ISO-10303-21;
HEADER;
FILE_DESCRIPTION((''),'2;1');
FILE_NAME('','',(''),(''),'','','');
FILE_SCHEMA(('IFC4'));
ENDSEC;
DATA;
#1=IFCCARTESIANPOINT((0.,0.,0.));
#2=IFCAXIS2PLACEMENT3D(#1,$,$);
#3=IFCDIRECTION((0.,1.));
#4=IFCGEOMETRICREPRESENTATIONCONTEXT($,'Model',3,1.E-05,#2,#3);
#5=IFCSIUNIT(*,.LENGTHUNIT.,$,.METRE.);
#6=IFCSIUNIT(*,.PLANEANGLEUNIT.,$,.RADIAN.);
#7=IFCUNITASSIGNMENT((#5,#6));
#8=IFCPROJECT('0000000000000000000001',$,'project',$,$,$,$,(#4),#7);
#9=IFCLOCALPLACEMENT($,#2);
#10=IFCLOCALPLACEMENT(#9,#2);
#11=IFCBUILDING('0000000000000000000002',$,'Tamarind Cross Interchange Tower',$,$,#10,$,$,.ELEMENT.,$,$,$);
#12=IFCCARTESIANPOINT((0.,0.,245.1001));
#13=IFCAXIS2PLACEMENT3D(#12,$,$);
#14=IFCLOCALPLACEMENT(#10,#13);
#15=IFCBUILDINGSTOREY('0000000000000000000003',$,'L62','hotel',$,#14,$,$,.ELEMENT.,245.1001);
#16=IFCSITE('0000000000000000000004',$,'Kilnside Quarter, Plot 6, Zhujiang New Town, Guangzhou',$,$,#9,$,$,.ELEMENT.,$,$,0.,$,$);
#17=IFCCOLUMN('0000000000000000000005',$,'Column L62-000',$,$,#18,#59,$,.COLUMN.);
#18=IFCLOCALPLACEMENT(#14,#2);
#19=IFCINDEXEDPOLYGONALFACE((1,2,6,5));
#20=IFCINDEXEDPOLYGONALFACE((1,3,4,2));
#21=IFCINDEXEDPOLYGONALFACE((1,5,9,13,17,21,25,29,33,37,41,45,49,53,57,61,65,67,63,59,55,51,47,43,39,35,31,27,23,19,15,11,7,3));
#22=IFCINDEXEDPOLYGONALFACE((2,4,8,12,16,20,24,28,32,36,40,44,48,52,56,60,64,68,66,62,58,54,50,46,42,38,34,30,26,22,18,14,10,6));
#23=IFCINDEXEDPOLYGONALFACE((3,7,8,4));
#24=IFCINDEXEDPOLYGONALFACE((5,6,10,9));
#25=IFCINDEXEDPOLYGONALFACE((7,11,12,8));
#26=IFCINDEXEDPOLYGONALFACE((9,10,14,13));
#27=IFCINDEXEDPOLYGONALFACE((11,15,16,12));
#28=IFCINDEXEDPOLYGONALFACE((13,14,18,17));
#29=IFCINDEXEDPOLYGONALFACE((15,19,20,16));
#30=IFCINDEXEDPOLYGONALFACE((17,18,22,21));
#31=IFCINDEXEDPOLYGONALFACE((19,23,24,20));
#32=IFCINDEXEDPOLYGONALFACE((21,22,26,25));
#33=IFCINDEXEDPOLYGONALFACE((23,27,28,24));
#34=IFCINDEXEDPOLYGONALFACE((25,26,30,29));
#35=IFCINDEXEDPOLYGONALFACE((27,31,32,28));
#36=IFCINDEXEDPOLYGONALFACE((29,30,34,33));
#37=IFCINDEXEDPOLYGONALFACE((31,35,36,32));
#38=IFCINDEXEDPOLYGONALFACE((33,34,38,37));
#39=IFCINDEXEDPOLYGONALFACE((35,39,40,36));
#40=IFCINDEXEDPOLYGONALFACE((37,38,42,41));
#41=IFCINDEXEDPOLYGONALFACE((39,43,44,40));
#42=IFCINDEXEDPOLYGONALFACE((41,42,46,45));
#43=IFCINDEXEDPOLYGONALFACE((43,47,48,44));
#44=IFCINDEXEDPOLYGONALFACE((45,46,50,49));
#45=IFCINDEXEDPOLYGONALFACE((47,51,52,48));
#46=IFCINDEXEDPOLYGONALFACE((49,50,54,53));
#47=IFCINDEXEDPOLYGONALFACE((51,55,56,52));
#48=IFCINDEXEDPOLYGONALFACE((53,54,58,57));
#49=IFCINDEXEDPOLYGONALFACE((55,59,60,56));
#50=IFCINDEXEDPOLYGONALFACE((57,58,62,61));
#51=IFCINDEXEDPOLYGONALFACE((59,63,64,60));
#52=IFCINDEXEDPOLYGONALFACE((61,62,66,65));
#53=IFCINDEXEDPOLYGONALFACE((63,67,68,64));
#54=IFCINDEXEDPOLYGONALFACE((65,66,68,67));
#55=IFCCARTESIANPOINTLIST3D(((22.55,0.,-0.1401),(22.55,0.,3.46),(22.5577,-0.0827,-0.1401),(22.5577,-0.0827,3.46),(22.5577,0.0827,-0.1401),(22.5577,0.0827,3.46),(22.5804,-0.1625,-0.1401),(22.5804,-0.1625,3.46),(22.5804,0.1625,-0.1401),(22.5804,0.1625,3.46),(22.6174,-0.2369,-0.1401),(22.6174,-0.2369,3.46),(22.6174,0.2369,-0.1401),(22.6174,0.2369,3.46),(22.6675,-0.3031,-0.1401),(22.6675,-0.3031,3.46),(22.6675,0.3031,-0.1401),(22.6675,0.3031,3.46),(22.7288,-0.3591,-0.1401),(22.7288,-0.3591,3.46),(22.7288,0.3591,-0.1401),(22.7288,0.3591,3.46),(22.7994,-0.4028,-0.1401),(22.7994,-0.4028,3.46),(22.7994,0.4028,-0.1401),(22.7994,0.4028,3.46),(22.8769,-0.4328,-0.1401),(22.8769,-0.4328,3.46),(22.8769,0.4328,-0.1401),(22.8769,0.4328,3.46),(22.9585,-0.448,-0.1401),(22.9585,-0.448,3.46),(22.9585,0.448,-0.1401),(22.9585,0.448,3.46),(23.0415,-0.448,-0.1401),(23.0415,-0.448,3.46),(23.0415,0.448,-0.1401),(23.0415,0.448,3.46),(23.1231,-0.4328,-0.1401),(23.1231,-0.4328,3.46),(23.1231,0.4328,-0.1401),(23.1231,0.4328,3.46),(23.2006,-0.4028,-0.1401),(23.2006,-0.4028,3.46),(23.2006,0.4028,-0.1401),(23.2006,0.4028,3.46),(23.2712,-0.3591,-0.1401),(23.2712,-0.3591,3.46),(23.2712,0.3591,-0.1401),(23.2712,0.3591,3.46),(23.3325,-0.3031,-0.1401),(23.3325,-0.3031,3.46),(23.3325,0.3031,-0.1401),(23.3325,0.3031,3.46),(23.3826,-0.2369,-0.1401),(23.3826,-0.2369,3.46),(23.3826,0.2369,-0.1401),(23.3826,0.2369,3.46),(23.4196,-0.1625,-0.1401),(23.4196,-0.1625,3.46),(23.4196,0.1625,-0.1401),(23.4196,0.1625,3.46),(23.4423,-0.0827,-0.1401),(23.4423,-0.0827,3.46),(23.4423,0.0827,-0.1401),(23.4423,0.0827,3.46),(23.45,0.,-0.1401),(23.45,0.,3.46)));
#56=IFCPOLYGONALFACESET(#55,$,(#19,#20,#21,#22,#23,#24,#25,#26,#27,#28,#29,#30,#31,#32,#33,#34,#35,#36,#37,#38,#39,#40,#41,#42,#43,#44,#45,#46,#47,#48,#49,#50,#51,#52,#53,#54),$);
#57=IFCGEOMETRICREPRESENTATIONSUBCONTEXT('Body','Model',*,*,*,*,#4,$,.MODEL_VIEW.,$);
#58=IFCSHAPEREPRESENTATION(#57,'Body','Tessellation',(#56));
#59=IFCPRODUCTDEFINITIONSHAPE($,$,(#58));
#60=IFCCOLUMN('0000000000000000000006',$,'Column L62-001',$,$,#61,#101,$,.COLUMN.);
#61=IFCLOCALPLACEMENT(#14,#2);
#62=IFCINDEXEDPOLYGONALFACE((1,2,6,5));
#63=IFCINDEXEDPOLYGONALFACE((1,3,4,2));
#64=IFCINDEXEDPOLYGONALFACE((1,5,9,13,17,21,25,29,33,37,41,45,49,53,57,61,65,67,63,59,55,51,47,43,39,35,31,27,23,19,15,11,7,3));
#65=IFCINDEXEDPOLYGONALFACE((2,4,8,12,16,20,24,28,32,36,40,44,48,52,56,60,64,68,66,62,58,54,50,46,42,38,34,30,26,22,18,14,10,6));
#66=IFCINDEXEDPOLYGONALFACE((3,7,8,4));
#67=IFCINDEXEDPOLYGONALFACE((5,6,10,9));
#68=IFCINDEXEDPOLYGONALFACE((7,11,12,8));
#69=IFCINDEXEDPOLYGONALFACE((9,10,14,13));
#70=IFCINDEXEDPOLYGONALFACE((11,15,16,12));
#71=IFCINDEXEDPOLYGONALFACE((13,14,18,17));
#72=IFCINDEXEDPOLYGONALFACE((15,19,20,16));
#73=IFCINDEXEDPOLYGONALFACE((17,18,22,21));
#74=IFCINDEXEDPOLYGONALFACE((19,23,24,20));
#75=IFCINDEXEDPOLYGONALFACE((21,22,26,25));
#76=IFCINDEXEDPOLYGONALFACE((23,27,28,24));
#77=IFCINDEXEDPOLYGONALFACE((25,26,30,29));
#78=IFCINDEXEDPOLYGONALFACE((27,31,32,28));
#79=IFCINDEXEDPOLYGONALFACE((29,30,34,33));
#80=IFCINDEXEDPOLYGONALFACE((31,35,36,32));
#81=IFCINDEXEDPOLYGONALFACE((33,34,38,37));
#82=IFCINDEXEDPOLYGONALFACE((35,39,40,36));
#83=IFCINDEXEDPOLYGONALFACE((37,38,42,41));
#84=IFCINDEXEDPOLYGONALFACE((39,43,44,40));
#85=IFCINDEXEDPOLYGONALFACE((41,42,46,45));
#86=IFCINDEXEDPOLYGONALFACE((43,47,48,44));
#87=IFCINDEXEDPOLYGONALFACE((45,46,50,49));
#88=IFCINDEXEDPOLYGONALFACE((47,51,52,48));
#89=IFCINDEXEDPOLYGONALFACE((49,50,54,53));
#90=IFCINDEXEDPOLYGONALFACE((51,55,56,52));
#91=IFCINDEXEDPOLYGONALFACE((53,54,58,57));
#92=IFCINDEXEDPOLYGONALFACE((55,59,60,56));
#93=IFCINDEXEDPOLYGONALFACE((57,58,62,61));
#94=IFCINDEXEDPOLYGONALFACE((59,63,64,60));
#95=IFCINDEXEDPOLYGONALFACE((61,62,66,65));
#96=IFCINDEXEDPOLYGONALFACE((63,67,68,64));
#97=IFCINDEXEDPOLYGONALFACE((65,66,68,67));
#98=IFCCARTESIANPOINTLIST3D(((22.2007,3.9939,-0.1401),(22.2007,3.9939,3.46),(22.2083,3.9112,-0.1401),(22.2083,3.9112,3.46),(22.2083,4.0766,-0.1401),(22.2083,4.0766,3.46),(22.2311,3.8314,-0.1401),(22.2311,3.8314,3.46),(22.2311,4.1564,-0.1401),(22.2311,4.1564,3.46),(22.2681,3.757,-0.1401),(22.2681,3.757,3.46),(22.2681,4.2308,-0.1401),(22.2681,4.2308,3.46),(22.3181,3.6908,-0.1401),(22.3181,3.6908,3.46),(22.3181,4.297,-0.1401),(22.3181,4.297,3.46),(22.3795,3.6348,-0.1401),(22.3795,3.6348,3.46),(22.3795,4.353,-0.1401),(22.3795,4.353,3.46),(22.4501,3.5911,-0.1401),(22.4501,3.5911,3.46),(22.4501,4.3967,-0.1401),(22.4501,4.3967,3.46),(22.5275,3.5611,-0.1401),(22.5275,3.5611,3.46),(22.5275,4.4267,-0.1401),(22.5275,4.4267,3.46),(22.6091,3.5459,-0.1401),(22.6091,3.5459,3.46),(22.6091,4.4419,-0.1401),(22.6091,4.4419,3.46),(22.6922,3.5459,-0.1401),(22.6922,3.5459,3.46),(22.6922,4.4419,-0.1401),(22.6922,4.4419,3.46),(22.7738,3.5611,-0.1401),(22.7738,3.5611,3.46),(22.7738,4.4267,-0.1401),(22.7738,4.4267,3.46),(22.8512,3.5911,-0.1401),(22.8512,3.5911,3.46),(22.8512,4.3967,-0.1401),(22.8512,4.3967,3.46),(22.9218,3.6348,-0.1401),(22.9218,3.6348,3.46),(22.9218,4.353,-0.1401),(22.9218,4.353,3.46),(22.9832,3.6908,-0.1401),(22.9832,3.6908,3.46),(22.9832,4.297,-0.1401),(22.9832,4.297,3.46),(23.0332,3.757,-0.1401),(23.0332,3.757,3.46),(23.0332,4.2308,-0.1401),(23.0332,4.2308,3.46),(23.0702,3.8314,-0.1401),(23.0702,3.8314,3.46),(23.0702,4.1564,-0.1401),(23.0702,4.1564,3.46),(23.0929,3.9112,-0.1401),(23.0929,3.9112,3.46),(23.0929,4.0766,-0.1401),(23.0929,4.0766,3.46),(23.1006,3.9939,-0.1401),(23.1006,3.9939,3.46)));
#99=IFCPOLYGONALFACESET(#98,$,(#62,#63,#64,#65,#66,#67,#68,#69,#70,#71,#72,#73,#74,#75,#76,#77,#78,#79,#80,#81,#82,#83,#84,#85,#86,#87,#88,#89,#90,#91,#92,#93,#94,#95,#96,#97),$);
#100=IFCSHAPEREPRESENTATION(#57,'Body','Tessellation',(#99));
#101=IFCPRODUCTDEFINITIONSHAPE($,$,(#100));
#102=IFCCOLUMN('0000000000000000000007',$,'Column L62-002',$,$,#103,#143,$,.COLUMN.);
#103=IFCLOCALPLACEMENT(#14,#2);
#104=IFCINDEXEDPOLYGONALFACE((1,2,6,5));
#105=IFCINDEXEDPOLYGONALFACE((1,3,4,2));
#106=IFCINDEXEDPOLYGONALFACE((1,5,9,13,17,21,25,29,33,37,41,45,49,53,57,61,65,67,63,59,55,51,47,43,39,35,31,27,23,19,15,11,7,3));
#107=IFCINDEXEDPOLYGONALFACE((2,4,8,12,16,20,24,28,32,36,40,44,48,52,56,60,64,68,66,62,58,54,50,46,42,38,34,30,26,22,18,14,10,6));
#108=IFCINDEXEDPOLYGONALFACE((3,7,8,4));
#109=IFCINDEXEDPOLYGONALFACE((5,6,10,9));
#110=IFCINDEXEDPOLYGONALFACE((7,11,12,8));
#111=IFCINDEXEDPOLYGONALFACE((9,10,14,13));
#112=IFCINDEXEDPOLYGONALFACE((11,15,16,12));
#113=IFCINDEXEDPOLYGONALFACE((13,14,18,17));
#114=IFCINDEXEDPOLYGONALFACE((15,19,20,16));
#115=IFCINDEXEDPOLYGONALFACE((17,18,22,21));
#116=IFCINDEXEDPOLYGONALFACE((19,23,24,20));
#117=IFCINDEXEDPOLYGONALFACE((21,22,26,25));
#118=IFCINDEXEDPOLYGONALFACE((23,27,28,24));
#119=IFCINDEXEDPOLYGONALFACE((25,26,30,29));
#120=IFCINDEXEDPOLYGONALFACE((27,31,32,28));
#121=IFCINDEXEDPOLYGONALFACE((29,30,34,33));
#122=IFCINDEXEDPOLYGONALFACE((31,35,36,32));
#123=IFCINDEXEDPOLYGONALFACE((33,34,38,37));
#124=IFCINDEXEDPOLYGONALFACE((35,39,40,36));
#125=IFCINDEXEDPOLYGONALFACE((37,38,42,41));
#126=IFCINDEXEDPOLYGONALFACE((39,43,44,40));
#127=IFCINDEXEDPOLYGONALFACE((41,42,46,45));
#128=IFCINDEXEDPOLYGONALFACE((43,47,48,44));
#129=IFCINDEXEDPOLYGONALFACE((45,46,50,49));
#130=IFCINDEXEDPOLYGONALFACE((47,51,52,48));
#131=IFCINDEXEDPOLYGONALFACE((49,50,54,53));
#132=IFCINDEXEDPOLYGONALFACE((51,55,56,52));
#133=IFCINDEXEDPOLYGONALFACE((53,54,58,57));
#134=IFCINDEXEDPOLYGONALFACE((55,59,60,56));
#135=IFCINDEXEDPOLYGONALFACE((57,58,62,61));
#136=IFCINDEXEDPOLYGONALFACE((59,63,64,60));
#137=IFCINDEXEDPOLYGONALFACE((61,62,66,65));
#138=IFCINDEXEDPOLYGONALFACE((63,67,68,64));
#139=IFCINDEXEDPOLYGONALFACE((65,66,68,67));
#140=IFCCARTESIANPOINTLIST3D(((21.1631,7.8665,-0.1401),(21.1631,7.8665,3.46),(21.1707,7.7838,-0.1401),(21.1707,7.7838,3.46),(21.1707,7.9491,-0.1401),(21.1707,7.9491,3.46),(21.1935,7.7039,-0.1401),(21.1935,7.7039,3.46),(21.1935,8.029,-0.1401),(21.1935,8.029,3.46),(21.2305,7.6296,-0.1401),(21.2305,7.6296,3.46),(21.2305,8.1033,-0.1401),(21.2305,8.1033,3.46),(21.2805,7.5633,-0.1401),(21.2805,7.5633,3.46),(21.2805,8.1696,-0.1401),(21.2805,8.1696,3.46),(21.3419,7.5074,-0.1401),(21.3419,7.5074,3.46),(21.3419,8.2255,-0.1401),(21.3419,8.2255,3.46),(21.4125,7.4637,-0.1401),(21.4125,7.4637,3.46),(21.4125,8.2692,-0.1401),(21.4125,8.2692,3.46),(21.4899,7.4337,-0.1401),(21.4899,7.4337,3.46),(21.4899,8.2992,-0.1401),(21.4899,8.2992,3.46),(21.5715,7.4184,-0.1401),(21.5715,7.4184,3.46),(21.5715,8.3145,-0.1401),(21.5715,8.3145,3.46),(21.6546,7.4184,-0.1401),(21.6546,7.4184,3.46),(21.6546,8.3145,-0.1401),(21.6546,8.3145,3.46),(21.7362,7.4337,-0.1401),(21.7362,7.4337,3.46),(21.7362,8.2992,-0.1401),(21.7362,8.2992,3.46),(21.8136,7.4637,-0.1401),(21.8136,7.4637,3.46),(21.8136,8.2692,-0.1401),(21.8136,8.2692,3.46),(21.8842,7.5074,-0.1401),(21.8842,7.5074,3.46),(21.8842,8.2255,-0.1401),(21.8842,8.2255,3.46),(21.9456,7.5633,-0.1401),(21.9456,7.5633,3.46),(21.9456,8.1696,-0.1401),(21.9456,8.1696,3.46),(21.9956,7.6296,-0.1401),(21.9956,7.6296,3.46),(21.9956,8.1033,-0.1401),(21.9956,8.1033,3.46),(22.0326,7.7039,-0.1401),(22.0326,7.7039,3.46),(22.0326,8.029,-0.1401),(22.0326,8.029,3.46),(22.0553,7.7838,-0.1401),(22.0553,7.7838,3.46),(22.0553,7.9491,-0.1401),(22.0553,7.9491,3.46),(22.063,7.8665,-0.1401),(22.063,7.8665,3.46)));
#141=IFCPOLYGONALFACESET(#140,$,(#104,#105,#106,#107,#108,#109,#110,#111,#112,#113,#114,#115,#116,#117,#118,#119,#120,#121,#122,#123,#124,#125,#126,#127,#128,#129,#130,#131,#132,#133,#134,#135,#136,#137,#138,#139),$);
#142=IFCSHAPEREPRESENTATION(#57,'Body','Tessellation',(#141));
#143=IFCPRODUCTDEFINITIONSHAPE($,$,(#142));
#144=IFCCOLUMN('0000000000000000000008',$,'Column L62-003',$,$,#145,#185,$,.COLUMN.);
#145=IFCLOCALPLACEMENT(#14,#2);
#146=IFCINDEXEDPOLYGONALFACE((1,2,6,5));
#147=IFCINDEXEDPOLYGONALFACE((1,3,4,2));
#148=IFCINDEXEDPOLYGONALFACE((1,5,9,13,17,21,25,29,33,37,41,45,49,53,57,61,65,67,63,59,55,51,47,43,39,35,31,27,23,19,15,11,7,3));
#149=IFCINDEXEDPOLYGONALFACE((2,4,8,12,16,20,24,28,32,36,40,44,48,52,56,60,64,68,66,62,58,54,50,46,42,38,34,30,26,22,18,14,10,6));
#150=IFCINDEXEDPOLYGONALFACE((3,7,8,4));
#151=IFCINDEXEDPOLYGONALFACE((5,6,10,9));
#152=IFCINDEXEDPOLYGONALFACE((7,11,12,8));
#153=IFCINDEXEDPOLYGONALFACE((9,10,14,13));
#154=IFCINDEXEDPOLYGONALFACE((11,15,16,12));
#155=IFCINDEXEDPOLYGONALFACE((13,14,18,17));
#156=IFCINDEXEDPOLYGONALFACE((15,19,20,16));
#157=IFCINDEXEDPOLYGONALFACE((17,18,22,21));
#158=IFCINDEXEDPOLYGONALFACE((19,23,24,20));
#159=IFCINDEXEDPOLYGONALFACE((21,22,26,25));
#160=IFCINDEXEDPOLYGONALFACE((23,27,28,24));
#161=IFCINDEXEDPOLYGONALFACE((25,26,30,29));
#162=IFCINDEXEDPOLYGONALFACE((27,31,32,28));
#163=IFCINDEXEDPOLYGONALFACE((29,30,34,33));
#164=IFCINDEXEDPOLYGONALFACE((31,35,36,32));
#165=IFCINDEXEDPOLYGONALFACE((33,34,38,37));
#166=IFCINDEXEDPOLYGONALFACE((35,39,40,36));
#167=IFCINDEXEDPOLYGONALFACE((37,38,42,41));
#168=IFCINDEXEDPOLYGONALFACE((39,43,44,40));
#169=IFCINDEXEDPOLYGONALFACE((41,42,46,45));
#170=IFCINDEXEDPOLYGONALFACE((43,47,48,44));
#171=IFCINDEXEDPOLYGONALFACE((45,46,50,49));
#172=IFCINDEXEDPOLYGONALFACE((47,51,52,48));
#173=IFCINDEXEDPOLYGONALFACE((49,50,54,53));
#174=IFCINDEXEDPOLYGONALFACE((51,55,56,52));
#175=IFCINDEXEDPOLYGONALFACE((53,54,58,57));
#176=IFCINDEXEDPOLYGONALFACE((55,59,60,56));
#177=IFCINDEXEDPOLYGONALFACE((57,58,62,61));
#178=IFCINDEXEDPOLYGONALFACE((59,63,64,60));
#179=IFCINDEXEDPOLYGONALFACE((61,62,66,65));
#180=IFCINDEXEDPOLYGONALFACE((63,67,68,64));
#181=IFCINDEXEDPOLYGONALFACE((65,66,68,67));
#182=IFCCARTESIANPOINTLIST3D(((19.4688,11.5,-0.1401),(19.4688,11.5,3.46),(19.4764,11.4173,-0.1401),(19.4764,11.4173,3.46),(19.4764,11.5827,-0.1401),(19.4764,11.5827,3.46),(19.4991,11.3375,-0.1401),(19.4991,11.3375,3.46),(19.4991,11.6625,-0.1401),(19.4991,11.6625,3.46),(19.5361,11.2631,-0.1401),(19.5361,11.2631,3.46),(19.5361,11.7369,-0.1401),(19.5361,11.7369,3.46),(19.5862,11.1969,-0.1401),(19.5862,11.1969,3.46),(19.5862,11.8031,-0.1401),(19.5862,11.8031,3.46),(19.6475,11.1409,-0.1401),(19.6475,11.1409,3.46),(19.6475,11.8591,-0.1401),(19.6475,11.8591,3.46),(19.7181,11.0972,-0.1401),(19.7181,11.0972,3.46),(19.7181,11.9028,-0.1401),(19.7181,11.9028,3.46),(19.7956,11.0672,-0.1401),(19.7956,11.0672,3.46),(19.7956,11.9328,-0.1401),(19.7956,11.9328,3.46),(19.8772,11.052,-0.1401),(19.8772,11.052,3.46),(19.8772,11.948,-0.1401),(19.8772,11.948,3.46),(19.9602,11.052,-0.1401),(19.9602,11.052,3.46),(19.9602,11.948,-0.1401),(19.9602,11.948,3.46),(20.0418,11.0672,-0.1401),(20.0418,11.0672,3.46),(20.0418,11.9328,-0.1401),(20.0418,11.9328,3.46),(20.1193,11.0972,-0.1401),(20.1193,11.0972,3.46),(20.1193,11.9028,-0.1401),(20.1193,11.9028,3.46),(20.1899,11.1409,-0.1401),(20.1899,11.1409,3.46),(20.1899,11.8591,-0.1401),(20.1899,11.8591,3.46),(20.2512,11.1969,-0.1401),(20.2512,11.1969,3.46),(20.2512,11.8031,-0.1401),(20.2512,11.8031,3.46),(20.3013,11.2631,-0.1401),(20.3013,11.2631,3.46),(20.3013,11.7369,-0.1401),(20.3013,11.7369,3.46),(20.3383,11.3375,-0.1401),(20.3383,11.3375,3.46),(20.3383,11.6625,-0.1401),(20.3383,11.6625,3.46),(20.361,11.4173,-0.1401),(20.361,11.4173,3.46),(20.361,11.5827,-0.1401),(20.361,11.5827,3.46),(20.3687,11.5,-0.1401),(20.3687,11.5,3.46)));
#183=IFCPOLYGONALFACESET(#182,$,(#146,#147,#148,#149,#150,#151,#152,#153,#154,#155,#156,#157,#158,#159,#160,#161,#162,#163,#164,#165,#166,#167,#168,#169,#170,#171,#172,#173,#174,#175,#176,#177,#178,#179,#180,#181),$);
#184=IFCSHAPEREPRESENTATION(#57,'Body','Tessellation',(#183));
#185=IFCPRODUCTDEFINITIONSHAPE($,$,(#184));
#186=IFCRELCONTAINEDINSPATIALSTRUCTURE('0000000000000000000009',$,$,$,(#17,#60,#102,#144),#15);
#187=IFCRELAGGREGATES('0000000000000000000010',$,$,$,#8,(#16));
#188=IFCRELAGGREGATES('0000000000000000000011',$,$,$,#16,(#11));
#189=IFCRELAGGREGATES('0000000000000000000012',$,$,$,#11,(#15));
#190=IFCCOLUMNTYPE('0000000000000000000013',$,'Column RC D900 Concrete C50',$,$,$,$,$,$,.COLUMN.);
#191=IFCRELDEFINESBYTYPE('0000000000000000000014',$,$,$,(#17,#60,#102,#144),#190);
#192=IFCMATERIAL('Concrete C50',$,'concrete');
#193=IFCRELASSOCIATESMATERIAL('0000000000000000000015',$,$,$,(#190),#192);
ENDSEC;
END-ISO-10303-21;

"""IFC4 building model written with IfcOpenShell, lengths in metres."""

from ifc_helpers import new_model, si_unit, direction, frame, origin, origin_2d, place, context, subcontext, project, spatial, circle, extrude, material, material_profile, profile_set, type_object, element, save


model = new_model("IFC4")

# Units and contexts
model_context = context("Model", 3, precision=1e-05, world=origin(), true_north=direction((0.0, 1.0)))
body_context = subcontext(model_context, "Body", "Model", "MODEL_VIEW")
ifc_project = project(units=[si_unit("LENGTHUNIT", "METRE"), si_unit("PLANEANGLEUNIT", "RADIAN")], contexts=[model_context])

# Site, building, storey
site_placement = place(None, origin())
site = spatial("IfcSite", under=ifc_project, at=site_placement, Name="Kilnside Quarter, Plot 6, Zhujiang New Town, Guangzhou", CompositionType="ELEMENT", RefElevation=0.0)
building_placement = place(site_placement, origin())
building = spatial("IfcBuilding", under=site, at=building_placement, Name="Tamarind Cross Interchange Tower", CompositionType="ELEMENT")
storey_placement = place(building_placement, frame((0.0, 0.0, 245.1001)))
storey = spatial("IfcBuildingStorey", under=building, at=storey_placement, Name="L62", Description="hotel", CompositionType="ELEMENT", Elevation=245.1001)

# Columns
ifc_material_1 = material(Name="Concrete C50", Category="concrete")
ifc_material_profile_1 = material_profile(ifc_material_1, circle(Radius=0.45, at=origin_2d()), Name="RC D900")
ifc_profile_set_1 = profile_set([ifc_material_profile_1], Name="Concrete C50")
column_type = type_object("IfcColumnType", Name="Column RC D900 Concrete C50", PredefinedType="COLUMN", material=ifc_profile_set_1)
for number, where, z_axis, x_axis, name in (
    (1, (23.0, 0.0, -0.1401), (0.0, 0.0, 1.0), (1.0, 0.0, 0.0), "Column L62-000"),
    (2, (22.6506, 3.9939, -0.1401), (0.0, 0.0, 1.0), (1.0, 0.0, 0.0), "Column L62-001"),
    (3, (21.613, 7.8665, -0.1401), (0.0, 0.0, 1.0), (1.0, 0.0, 0.0), "Column L62-002"),
    (4, (19.9187, 11.5, -0.1401), (0.0, 0.0, 1.0), (1.0, 0.0, 0.0), "Column L62-003"),
):
    element("IfcColumn", number, at=place(storey_placement, frame(where, z_axis=z_axis, x_axis=x_axis)), inside=storey, type_object=column_type, Name=name, PredefinedType="COLUMN", context=body_context, shape_type="SweptSolid", body=[
        extrude(circle(Radius=0.45, at=origin_2d()), origin(), (0.0, 0.0, 1.0), 3.6001),
    ])

save(model, "model.ifc")
